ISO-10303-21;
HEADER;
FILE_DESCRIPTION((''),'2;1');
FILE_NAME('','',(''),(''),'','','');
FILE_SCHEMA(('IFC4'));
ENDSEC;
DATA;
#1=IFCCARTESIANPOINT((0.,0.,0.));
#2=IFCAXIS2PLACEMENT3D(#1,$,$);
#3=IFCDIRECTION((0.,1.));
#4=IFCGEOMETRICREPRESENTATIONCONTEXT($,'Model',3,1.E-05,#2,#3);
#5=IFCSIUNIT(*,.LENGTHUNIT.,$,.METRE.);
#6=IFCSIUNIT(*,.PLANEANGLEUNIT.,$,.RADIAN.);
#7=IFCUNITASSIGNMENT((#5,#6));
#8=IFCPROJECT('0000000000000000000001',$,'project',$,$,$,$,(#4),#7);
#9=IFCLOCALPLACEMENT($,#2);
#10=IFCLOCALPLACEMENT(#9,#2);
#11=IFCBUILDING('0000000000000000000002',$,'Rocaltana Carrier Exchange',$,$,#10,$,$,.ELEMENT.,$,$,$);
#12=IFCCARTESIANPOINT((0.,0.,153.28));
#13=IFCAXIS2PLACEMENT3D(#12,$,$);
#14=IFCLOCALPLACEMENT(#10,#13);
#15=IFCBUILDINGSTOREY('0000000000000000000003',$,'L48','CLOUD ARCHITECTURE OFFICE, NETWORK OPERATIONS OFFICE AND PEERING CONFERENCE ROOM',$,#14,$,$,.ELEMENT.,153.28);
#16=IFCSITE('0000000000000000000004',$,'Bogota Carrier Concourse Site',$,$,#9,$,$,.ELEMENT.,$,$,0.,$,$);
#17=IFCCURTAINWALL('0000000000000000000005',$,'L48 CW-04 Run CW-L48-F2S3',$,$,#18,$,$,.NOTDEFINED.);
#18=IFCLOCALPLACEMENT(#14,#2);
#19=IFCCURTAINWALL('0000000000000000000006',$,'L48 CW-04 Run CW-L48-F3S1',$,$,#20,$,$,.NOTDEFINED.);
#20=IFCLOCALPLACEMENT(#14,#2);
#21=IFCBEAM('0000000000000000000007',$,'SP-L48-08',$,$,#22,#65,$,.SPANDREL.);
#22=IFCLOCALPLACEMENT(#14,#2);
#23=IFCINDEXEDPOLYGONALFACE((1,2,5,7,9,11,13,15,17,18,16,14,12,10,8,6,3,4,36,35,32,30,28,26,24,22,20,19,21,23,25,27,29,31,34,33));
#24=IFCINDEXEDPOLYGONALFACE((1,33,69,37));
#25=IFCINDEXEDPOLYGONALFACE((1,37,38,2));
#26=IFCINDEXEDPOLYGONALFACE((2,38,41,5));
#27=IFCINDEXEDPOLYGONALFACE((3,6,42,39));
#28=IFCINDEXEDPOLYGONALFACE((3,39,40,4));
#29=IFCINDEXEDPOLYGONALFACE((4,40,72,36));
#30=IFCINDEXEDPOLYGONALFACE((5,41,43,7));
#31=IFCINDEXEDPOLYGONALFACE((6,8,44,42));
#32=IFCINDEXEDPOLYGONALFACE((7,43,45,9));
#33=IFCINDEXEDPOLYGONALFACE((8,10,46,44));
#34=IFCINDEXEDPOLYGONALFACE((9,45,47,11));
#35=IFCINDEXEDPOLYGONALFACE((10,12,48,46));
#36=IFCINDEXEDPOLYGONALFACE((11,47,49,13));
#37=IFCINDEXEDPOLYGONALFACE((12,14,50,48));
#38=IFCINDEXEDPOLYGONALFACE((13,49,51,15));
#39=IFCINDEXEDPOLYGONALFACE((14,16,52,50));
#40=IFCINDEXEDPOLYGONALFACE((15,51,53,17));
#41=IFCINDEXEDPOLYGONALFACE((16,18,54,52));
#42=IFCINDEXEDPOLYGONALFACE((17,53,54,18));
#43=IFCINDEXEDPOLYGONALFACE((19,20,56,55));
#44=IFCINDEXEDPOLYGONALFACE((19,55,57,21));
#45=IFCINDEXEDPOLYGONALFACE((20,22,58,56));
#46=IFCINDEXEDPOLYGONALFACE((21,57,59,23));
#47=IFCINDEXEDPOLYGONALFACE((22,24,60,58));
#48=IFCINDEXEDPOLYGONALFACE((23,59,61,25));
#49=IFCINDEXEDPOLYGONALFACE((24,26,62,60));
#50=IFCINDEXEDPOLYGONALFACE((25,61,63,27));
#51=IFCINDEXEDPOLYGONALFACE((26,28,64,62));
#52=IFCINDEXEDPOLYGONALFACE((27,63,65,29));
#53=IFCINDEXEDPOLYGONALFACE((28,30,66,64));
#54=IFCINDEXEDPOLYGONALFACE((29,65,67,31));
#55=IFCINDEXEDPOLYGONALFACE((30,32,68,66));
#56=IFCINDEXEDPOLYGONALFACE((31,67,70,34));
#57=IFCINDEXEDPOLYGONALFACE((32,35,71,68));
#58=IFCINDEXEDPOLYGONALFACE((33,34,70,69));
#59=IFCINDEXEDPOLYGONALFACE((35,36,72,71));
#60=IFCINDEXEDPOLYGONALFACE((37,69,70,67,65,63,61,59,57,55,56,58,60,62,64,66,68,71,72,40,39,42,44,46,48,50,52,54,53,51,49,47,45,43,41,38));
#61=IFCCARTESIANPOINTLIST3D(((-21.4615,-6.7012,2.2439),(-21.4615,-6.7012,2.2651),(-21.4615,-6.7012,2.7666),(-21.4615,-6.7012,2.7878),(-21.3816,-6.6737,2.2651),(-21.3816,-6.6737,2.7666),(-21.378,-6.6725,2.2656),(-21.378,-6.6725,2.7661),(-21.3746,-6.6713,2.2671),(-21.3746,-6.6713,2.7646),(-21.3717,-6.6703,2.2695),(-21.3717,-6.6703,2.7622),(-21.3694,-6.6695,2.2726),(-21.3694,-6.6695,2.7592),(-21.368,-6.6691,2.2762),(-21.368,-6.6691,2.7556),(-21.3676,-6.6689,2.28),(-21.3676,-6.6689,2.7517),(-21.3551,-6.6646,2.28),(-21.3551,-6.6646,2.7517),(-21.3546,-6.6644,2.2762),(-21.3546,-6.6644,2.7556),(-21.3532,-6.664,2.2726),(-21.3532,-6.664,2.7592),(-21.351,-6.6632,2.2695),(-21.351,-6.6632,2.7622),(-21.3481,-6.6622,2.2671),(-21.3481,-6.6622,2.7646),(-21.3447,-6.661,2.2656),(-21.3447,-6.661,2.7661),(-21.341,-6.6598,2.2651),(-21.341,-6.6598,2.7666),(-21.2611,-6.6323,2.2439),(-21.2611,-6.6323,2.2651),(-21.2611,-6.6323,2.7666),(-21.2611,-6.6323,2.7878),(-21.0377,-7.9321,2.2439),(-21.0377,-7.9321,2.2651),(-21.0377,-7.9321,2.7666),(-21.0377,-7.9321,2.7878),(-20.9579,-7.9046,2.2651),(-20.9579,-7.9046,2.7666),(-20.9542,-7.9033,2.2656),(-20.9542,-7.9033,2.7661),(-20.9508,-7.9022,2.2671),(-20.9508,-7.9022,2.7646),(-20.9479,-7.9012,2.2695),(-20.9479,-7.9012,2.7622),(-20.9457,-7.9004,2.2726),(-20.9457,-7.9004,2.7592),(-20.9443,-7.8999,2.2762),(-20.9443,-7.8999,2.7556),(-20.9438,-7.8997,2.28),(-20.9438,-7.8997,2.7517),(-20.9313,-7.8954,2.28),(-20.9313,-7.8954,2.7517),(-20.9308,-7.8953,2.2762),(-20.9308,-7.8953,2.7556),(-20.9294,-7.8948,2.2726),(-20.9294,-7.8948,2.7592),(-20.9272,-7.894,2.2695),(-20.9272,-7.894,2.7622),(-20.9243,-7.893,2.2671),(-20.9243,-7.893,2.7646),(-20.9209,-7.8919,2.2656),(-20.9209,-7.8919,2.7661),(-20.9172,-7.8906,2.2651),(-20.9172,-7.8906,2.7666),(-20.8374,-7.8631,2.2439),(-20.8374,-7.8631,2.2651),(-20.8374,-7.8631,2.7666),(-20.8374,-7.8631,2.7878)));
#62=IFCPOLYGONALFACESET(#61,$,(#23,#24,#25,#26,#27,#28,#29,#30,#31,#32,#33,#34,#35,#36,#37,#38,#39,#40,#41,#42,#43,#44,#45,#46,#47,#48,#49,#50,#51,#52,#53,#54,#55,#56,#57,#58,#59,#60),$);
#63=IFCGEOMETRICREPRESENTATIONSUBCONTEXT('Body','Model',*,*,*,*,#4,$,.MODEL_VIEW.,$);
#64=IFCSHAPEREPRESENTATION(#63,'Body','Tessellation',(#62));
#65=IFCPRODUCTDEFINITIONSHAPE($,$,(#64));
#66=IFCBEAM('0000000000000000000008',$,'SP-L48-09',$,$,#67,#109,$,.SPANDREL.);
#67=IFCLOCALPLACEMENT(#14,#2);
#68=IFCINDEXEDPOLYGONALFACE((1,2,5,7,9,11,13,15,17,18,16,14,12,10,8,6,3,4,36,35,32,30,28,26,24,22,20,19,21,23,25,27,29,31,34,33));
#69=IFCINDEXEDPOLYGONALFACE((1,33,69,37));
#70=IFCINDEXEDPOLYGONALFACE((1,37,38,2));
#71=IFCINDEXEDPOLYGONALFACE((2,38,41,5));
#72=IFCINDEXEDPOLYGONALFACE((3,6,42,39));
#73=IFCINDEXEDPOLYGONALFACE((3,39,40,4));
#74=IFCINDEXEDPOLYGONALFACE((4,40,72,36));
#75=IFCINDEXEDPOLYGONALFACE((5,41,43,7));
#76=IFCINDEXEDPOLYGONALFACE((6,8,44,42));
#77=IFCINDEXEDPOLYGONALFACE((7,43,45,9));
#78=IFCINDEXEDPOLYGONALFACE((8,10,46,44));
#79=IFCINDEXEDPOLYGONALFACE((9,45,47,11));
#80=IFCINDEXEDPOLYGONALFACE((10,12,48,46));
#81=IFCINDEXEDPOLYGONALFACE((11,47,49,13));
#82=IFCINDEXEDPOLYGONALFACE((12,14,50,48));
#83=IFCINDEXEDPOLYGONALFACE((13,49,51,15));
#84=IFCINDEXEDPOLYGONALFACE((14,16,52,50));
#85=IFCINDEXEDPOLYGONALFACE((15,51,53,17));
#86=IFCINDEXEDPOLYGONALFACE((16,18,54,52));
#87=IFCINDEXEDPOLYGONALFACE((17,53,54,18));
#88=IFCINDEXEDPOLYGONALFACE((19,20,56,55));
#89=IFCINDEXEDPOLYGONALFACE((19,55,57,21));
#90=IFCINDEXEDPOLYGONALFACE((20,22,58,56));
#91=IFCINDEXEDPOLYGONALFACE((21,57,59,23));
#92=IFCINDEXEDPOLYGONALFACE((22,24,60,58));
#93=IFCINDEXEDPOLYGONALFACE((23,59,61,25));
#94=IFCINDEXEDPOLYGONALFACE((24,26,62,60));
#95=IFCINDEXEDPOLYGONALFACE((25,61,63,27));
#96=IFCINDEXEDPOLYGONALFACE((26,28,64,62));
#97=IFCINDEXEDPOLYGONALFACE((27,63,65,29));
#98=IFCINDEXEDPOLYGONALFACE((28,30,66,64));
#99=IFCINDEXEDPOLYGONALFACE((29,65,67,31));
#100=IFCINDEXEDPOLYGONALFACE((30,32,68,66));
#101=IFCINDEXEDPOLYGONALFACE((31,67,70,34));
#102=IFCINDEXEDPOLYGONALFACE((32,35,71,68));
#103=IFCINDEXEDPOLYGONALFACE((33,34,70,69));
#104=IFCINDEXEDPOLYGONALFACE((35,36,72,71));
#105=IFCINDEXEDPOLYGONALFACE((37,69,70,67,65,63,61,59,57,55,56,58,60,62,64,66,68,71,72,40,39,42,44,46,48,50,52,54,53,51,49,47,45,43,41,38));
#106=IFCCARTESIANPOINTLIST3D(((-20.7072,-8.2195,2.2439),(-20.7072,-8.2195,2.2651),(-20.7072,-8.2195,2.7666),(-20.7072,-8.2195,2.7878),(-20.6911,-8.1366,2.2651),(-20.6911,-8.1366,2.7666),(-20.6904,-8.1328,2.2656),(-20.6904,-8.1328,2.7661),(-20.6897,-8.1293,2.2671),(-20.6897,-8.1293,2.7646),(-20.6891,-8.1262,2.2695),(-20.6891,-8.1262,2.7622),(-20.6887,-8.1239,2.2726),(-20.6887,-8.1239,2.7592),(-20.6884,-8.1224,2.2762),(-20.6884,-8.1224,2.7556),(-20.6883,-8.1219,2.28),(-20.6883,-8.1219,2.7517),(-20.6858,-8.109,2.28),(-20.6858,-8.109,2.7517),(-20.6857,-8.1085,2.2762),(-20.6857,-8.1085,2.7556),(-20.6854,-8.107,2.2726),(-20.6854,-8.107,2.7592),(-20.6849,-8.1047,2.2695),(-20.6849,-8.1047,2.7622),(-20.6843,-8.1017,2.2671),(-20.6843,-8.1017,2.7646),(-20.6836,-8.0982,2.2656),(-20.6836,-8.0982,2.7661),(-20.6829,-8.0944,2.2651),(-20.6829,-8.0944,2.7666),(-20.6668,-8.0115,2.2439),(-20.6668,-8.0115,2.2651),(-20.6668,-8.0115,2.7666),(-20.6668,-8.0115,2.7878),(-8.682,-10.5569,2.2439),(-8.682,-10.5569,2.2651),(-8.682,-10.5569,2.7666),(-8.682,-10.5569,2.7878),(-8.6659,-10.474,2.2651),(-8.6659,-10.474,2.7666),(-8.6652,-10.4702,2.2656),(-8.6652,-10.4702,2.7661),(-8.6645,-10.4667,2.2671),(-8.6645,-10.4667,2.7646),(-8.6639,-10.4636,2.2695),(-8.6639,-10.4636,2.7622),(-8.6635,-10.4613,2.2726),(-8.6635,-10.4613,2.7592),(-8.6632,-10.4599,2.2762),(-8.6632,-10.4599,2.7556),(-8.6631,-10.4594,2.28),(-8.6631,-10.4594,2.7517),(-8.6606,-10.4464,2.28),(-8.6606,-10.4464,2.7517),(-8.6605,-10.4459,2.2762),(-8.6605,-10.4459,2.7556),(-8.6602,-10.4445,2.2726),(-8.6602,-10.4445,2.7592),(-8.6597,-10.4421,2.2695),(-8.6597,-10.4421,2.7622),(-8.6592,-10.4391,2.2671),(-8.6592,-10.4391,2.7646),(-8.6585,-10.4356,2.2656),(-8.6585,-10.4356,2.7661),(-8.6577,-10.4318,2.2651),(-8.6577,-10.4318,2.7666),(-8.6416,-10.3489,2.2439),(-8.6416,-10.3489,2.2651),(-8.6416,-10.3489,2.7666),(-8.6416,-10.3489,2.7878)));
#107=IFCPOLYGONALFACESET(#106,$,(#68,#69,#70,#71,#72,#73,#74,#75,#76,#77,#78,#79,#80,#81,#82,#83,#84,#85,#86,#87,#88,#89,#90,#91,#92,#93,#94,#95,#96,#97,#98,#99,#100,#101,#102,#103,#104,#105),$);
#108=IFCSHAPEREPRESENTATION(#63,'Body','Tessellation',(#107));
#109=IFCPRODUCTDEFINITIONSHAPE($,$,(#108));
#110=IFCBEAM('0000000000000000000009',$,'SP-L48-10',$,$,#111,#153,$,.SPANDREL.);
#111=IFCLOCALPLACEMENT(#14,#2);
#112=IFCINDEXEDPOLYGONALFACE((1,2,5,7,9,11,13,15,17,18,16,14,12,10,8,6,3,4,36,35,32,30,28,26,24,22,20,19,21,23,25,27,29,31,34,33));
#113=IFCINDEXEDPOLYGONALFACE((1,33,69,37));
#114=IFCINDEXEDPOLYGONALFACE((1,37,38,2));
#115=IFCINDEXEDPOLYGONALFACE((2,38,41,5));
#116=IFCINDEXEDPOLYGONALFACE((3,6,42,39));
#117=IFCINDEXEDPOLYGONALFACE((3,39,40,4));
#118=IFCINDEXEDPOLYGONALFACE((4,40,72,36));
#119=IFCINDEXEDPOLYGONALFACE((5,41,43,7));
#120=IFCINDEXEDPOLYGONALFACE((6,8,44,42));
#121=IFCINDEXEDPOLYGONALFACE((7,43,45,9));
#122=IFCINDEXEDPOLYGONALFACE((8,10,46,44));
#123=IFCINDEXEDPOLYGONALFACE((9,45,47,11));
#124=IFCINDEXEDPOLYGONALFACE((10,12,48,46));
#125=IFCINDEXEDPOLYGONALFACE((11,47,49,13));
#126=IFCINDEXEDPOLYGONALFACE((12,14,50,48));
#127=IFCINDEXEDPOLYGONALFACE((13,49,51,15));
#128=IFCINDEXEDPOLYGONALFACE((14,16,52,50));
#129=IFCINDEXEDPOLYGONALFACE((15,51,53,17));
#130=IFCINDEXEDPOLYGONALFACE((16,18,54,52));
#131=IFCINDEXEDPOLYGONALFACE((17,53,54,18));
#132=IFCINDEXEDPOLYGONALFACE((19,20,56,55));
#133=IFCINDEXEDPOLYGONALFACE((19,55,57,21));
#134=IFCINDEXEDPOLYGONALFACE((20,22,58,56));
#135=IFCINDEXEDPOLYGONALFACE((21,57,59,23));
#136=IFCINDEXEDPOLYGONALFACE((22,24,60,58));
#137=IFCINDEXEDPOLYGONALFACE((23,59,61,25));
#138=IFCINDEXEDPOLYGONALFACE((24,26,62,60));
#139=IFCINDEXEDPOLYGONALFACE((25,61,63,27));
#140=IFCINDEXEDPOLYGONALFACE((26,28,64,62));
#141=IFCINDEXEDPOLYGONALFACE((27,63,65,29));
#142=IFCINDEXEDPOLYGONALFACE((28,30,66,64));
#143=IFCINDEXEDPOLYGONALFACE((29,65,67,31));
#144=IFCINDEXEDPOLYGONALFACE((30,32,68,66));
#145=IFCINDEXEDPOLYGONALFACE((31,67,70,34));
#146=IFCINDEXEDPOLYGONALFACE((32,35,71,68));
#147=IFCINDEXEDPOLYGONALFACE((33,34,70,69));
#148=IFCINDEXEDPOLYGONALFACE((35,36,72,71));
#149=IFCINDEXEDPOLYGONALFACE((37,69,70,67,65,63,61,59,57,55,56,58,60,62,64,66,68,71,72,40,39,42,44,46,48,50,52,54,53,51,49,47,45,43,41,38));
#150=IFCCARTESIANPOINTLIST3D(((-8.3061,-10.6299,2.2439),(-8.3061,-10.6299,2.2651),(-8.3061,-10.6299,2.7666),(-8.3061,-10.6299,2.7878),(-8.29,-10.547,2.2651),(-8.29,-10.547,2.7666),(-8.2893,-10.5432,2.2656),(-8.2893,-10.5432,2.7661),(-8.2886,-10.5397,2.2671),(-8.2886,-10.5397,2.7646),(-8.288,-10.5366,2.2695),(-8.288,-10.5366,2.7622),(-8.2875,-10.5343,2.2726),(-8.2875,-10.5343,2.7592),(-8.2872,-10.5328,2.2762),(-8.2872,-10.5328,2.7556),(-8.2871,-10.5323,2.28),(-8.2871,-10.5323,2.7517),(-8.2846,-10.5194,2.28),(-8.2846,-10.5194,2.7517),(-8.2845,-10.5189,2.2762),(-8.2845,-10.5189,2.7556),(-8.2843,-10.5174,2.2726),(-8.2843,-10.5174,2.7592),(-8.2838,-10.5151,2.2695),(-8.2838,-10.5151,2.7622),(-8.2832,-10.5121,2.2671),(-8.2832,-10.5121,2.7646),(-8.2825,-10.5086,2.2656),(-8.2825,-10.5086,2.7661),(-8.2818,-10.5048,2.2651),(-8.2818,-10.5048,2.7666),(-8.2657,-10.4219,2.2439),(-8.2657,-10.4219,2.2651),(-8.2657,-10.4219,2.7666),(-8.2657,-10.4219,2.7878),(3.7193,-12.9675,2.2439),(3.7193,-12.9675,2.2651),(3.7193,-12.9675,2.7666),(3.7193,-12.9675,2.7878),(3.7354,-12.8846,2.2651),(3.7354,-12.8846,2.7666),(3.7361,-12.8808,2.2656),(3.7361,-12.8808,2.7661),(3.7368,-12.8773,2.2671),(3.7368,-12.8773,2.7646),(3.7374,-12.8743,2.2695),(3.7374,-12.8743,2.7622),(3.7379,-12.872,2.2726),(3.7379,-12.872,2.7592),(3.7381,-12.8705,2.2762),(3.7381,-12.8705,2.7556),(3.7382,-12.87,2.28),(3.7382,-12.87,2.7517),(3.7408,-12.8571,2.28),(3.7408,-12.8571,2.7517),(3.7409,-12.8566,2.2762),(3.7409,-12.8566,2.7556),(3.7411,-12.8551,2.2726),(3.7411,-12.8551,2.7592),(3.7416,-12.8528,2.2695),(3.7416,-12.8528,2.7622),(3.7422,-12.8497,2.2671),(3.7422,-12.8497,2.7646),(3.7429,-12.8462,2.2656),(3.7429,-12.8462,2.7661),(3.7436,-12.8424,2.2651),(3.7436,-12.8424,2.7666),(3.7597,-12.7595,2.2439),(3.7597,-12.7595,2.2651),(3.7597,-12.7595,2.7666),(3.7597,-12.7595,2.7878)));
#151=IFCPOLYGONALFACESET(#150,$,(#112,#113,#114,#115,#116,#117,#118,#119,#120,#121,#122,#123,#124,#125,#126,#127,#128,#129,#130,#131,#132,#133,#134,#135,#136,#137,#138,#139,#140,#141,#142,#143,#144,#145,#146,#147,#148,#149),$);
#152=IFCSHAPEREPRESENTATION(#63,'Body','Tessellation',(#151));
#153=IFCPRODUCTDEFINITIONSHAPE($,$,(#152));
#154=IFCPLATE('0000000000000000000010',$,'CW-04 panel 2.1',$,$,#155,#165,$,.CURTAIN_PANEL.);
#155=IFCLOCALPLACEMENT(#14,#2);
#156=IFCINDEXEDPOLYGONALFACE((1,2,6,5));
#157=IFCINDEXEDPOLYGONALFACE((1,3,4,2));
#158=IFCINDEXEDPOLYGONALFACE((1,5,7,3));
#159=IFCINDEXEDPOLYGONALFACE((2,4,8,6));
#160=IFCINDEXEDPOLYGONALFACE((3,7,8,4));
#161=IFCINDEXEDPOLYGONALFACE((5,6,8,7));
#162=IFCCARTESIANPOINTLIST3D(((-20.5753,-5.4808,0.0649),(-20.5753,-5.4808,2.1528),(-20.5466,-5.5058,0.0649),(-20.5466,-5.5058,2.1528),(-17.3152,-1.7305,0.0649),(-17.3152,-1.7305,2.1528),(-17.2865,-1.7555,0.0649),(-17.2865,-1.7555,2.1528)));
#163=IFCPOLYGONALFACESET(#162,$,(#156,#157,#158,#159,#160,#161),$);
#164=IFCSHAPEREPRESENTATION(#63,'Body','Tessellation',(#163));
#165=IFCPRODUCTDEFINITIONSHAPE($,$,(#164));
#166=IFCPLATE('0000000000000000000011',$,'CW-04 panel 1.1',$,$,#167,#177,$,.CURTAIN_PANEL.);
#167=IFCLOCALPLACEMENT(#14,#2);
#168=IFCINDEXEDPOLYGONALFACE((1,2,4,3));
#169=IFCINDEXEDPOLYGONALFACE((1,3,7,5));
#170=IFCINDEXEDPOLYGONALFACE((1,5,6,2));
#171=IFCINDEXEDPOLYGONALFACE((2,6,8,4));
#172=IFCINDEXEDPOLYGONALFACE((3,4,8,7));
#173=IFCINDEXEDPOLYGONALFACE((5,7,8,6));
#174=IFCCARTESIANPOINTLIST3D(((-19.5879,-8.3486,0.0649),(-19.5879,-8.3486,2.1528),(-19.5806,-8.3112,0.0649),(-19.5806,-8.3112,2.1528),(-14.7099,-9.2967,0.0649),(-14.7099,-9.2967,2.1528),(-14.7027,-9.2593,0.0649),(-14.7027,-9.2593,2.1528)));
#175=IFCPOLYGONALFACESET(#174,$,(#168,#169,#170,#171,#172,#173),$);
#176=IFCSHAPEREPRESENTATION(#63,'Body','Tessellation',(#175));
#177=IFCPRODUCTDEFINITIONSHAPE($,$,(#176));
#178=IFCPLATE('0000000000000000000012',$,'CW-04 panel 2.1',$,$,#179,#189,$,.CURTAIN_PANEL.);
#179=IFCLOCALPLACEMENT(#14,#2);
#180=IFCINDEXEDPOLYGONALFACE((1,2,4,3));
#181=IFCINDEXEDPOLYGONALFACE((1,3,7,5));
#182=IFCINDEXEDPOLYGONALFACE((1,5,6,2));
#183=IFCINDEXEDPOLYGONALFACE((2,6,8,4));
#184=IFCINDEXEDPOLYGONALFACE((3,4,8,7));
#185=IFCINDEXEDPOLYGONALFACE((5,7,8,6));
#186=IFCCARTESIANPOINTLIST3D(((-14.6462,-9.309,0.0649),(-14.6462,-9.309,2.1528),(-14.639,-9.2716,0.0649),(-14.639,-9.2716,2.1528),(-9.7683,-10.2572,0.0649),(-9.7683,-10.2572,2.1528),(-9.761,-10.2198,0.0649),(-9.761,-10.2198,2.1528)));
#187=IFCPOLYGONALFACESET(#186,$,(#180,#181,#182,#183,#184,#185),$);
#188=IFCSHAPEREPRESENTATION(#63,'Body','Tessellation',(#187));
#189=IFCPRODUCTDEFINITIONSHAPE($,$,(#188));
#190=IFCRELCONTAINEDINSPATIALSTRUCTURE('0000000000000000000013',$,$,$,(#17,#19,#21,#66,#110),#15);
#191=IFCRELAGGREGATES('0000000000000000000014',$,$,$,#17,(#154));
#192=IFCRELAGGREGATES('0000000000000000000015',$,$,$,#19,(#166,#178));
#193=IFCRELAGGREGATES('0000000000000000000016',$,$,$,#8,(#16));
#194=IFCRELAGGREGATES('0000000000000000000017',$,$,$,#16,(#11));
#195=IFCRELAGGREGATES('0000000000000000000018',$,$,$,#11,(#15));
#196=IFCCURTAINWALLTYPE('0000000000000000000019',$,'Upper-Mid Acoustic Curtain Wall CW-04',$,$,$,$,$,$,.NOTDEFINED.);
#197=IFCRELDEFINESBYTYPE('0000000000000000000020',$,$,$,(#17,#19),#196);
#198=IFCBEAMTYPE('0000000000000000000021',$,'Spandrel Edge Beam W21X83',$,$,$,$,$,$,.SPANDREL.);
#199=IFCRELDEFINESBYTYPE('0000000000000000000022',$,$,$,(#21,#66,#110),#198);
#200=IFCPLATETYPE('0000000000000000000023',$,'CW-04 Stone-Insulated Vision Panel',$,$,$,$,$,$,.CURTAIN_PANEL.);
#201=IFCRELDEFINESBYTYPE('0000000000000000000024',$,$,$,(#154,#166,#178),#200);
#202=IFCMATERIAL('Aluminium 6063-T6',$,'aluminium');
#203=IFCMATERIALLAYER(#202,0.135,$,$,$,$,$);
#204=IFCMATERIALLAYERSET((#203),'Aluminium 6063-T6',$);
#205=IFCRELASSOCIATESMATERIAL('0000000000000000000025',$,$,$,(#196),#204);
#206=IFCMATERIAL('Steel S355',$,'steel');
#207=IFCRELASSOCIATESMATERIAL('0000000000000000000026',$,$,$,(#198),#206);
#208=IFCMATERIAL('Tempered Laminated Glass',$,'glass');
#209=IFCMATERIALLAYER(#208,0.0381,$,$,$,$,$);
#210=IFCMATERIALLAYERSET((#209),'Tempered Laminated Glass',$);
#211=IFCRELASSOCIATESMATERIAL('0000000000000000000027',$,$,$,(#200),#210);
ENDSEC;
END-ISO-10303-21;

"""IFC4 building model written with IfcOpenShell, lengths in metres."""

from ifc_helpers import new_model, si_unit, direction, frame, origin, origin_2d, place, context, subcontext, project, spatial, rectangle, i_section, extrude, material, layer, layer_set, material_profile, profile_set, type_object, element, aggregate, save


model = new_model("IFC4")

# Units and contexts
model_context = context("Model", 3, precision=1e-05, world=origin(), true_north=direction((0.0, 1.0)))
body_context = subcontext(model_context, "Body", "Model", "MODEL_VIEW")
ifc_project = project(units=[si_unit("LENGTHUNIT", "METRE"), si_unit("PLANEANGLEUNIT", "RADIAN")], contexts=[model_context])

# Site, building, storey
site_placement = place(None, origin())
site = spatial("IfcSite", under=ifc_project, at=site_placement, Name="Bogota Carrier Concourse Site", CompositionType="ELEMENT", RefElevation=0.0)
building_placement = place(site_placement, origin())
building = spatial("IfcBuilding", under=site, at=building_placement, Name="Rocaltana Carrier Exchange", CompositionType="ELEMENT")
storey_placement = place(building_placement, frame((0.0, 0.0, 153.28)))
storey = spatial("IfcBuildingStorey", under=building, at=storey_placement, Name="L48", Description="CLOUD ARCHITECTURE OFFICE, NETWORK OPERATIONS OFFICE AND PEERING CONFERENCE ROOM", CompositionType="ELEMENT", Elevation=153.28)

# Curtain walls
ifc_material_1 = material(Name="Aluminium 6063-T6", Category="aluminium")
ifc_layer_1 = layer(ifc_material_1, 0.135)
ifc_layer_set_1 = layer_set([ifc_layer_1], Name="Aluminium 6063-T6")
curtain_wall_type = type_object("IfcCurtainWallType", Name="Upper-Mid Acoustic Curtain Wall CW-04", PredefinedType="NOTDEFINED", material=ifc_layer_set_1)
curtain_wall_1_placement = place(storey_placement, origin())
curtain_wall_1 = element("IfcCurtainWall", 1, at=curtain_wall_1_placement, inside=storey, type_object=curtain_wall_type, Name="L48 CW-04 Run CW-L48-F2S3", PredefinedType="NOTDEFINED")
curtain_wall_2_placement = place(storey_placement, origin())
curtain_wall_2 = element("IfcCurtainWall", 2, at=curtain_wall_2_placement, inside=storey, type_object=curtain_wall_type, Name="L48 CW-04 Run CW-L48-F3S1", PredefinedType="NOTDEFINED")

# Beams
ifc_material_2 = material(Name="Steel S355", Category="steel")
ifc_material_profile_1 = material_profile(ifc_material_2, i_section(OverallWidth=0.2119, OverallDepth=0.5439, WebThickness=0.0132, FlangeThickness=0.0212, FilletRadius=0.0149, at=origin_2d()), Name="W21X83")
ifc_profile_set_1 = profile_set([ifc_material_profile_1], Name="Steel S355")
beam_type_1 = type_object("IfcBeamType", Name="Spandrel Edge Beam W21X83", PredefinedType="SPANDREL", material=ifc_profile_set_1)
beam_1_placement = place(storey_placement, frame((-21.3613, -6.6667, 2.5159), z_axis=(0.325551, -0.945524, 0.0), x_axis=(0.945524, 0.325551, 0.0)))
element("IfcBeam", 3, at=beam_1_placement, inside=storey, type_object=beam_type_1, Name="SP-L48-08", PredefinedType="SPANDREL", context=body_context, shape_type="SweptSolid", body=[
    extrude(i_section(OverallWidth=0.2119, OverallDepth=0.5439, WebThickness=0.0132, FlangeThickness=0.0212, FilletRadius=0.0149, at=origin_2d()), origin(), (0.0, 0.0, 1.0), 1.3018),
])
beam_2_placement = place(storey_placement, frame((-20.687, -8.1155, 2.5159), z_axis=(0.981628, -0.190805, 0.0), x_axis=(0.190805, 0.981628, 0.0)))
element("IfcBeam", 4, at=beam_2_placement, inside=storey, type_object=beam_type_1, Name="SP-L48-09", PredefinedType="SPANDREL", context=body_context, shape_type="SweptSolid", body=[
    extrude(i_section(OverallWidth=0.2119, OverallDepth=0.5439, WebThickness=0.0132, FlangeThickness=0.0212, FilletRadius=0.0149, at=origin_2d()), origin(), (0.0, 0.0, 1.0), 12.2502),
])
beam_3_placement = place(storey_placement, frame((-8.2859, -10.5259, 2.5159), z_axis=(0.981625, -0.190821, 0.0), x_axis=(0.190821, 0.981625, 0.0)))
element("IfcBeam", 5, at=beam_3_placement, inside=storey, type_object=beam_type_1, Name="SP-L48-10", PredefinedType="SPANDREL", context=body_context, shape_type="SweptSolid", body=[
    extrude(i_section(OverallWidth=0.2119, OverallDepth=0.5439, WebThickness=0.0132, FlangeThickness=0.0212, FilletRadius=0.0149, at=origin_2d()), origin(), (0.0, 0.0, 1.0), 12.2505),
])

# Plates
ifc_material_3 = material(Name="Tempered Laminated Glass", Category="glass")
ifc_layer_2 = layer(ifc_material_3, 0.0381)
ifc_layer_set_2 = layer_set([ifc_layer_2], Name="Tempered Laminated Glass")
plate_type = type_object("IfcPlateType", Name="CW-04 Stone-Insulated Vision Panel", PredefinedType="CURTAIN_PANEL", material=ifc_layer_set_2)
plate_1_placement = place(storey_placement, frame((-18.9309, -3.6182, 0.0649), z_axis=(0.0, 0.0, 1.0), x_axis=(-0.656057, -0.754712, 0.0)))
plate_1 = element("IfcPlate", 6, at=plate_1_placement, type_object=plate_type, Name="CW-04 panel 2.1", PredefinedType="CURTAIN_PANEL", context=body_context, shape_type="SweptSolid", body=[
    extrude(rectangle(XDim=4.9692, YDim=0.0381, at=origin_2d()), origin(), (0.0, 0.0, 1.0), 2.0879),
])
aggregate(curtain_wall_1, [plate_1])
plate_2_placement = place(storey_placement, frame((-17.1453, -8.804, 0.0649), z_axis=(0.0, 0.0, 1.0), x_axis=(0.981628, -0.190803, 0.0)))
plate_2 = element("IfcPlate", 7, at=plate_2_placement, type_object=plate_type, Name="CW-04 panel 1.1", PredefinedType="CURTAIN_PANEL", context=body_context, shape_type="SweptSolid", body=[
    extrude(rectangle(XDim=4.9692, YDim=0.0381, at=origin_2d()), origin(), (0.0, 0.0, 1.0), 2.0879),
])
plate_3_placement = place(storey_placement, frame((-12.2036, -9.7644, 0.0649), z_axis=(0.0, 0.0, 1.0), x_axis=(0.981628, -0.190803, 0.0)))
plate_3 = element("IfcPlate", 8, at=plate_3_placement, type_object=plate_type, Name="CW-04 panel 2.1", PredefinedType="CURTAIN_PANEL", context=body_context, shape_type="SweptSolid", body=[
    extrude(rectangle(XDim=4.9692, YDim=0.0381, at=origin_2d()), origin(), (0.0, 0.0, 1.0), 2.0879),
])
aggregate(curtain_wall_2, [plate_2, plate_3])

save(model, "model.ifc")
